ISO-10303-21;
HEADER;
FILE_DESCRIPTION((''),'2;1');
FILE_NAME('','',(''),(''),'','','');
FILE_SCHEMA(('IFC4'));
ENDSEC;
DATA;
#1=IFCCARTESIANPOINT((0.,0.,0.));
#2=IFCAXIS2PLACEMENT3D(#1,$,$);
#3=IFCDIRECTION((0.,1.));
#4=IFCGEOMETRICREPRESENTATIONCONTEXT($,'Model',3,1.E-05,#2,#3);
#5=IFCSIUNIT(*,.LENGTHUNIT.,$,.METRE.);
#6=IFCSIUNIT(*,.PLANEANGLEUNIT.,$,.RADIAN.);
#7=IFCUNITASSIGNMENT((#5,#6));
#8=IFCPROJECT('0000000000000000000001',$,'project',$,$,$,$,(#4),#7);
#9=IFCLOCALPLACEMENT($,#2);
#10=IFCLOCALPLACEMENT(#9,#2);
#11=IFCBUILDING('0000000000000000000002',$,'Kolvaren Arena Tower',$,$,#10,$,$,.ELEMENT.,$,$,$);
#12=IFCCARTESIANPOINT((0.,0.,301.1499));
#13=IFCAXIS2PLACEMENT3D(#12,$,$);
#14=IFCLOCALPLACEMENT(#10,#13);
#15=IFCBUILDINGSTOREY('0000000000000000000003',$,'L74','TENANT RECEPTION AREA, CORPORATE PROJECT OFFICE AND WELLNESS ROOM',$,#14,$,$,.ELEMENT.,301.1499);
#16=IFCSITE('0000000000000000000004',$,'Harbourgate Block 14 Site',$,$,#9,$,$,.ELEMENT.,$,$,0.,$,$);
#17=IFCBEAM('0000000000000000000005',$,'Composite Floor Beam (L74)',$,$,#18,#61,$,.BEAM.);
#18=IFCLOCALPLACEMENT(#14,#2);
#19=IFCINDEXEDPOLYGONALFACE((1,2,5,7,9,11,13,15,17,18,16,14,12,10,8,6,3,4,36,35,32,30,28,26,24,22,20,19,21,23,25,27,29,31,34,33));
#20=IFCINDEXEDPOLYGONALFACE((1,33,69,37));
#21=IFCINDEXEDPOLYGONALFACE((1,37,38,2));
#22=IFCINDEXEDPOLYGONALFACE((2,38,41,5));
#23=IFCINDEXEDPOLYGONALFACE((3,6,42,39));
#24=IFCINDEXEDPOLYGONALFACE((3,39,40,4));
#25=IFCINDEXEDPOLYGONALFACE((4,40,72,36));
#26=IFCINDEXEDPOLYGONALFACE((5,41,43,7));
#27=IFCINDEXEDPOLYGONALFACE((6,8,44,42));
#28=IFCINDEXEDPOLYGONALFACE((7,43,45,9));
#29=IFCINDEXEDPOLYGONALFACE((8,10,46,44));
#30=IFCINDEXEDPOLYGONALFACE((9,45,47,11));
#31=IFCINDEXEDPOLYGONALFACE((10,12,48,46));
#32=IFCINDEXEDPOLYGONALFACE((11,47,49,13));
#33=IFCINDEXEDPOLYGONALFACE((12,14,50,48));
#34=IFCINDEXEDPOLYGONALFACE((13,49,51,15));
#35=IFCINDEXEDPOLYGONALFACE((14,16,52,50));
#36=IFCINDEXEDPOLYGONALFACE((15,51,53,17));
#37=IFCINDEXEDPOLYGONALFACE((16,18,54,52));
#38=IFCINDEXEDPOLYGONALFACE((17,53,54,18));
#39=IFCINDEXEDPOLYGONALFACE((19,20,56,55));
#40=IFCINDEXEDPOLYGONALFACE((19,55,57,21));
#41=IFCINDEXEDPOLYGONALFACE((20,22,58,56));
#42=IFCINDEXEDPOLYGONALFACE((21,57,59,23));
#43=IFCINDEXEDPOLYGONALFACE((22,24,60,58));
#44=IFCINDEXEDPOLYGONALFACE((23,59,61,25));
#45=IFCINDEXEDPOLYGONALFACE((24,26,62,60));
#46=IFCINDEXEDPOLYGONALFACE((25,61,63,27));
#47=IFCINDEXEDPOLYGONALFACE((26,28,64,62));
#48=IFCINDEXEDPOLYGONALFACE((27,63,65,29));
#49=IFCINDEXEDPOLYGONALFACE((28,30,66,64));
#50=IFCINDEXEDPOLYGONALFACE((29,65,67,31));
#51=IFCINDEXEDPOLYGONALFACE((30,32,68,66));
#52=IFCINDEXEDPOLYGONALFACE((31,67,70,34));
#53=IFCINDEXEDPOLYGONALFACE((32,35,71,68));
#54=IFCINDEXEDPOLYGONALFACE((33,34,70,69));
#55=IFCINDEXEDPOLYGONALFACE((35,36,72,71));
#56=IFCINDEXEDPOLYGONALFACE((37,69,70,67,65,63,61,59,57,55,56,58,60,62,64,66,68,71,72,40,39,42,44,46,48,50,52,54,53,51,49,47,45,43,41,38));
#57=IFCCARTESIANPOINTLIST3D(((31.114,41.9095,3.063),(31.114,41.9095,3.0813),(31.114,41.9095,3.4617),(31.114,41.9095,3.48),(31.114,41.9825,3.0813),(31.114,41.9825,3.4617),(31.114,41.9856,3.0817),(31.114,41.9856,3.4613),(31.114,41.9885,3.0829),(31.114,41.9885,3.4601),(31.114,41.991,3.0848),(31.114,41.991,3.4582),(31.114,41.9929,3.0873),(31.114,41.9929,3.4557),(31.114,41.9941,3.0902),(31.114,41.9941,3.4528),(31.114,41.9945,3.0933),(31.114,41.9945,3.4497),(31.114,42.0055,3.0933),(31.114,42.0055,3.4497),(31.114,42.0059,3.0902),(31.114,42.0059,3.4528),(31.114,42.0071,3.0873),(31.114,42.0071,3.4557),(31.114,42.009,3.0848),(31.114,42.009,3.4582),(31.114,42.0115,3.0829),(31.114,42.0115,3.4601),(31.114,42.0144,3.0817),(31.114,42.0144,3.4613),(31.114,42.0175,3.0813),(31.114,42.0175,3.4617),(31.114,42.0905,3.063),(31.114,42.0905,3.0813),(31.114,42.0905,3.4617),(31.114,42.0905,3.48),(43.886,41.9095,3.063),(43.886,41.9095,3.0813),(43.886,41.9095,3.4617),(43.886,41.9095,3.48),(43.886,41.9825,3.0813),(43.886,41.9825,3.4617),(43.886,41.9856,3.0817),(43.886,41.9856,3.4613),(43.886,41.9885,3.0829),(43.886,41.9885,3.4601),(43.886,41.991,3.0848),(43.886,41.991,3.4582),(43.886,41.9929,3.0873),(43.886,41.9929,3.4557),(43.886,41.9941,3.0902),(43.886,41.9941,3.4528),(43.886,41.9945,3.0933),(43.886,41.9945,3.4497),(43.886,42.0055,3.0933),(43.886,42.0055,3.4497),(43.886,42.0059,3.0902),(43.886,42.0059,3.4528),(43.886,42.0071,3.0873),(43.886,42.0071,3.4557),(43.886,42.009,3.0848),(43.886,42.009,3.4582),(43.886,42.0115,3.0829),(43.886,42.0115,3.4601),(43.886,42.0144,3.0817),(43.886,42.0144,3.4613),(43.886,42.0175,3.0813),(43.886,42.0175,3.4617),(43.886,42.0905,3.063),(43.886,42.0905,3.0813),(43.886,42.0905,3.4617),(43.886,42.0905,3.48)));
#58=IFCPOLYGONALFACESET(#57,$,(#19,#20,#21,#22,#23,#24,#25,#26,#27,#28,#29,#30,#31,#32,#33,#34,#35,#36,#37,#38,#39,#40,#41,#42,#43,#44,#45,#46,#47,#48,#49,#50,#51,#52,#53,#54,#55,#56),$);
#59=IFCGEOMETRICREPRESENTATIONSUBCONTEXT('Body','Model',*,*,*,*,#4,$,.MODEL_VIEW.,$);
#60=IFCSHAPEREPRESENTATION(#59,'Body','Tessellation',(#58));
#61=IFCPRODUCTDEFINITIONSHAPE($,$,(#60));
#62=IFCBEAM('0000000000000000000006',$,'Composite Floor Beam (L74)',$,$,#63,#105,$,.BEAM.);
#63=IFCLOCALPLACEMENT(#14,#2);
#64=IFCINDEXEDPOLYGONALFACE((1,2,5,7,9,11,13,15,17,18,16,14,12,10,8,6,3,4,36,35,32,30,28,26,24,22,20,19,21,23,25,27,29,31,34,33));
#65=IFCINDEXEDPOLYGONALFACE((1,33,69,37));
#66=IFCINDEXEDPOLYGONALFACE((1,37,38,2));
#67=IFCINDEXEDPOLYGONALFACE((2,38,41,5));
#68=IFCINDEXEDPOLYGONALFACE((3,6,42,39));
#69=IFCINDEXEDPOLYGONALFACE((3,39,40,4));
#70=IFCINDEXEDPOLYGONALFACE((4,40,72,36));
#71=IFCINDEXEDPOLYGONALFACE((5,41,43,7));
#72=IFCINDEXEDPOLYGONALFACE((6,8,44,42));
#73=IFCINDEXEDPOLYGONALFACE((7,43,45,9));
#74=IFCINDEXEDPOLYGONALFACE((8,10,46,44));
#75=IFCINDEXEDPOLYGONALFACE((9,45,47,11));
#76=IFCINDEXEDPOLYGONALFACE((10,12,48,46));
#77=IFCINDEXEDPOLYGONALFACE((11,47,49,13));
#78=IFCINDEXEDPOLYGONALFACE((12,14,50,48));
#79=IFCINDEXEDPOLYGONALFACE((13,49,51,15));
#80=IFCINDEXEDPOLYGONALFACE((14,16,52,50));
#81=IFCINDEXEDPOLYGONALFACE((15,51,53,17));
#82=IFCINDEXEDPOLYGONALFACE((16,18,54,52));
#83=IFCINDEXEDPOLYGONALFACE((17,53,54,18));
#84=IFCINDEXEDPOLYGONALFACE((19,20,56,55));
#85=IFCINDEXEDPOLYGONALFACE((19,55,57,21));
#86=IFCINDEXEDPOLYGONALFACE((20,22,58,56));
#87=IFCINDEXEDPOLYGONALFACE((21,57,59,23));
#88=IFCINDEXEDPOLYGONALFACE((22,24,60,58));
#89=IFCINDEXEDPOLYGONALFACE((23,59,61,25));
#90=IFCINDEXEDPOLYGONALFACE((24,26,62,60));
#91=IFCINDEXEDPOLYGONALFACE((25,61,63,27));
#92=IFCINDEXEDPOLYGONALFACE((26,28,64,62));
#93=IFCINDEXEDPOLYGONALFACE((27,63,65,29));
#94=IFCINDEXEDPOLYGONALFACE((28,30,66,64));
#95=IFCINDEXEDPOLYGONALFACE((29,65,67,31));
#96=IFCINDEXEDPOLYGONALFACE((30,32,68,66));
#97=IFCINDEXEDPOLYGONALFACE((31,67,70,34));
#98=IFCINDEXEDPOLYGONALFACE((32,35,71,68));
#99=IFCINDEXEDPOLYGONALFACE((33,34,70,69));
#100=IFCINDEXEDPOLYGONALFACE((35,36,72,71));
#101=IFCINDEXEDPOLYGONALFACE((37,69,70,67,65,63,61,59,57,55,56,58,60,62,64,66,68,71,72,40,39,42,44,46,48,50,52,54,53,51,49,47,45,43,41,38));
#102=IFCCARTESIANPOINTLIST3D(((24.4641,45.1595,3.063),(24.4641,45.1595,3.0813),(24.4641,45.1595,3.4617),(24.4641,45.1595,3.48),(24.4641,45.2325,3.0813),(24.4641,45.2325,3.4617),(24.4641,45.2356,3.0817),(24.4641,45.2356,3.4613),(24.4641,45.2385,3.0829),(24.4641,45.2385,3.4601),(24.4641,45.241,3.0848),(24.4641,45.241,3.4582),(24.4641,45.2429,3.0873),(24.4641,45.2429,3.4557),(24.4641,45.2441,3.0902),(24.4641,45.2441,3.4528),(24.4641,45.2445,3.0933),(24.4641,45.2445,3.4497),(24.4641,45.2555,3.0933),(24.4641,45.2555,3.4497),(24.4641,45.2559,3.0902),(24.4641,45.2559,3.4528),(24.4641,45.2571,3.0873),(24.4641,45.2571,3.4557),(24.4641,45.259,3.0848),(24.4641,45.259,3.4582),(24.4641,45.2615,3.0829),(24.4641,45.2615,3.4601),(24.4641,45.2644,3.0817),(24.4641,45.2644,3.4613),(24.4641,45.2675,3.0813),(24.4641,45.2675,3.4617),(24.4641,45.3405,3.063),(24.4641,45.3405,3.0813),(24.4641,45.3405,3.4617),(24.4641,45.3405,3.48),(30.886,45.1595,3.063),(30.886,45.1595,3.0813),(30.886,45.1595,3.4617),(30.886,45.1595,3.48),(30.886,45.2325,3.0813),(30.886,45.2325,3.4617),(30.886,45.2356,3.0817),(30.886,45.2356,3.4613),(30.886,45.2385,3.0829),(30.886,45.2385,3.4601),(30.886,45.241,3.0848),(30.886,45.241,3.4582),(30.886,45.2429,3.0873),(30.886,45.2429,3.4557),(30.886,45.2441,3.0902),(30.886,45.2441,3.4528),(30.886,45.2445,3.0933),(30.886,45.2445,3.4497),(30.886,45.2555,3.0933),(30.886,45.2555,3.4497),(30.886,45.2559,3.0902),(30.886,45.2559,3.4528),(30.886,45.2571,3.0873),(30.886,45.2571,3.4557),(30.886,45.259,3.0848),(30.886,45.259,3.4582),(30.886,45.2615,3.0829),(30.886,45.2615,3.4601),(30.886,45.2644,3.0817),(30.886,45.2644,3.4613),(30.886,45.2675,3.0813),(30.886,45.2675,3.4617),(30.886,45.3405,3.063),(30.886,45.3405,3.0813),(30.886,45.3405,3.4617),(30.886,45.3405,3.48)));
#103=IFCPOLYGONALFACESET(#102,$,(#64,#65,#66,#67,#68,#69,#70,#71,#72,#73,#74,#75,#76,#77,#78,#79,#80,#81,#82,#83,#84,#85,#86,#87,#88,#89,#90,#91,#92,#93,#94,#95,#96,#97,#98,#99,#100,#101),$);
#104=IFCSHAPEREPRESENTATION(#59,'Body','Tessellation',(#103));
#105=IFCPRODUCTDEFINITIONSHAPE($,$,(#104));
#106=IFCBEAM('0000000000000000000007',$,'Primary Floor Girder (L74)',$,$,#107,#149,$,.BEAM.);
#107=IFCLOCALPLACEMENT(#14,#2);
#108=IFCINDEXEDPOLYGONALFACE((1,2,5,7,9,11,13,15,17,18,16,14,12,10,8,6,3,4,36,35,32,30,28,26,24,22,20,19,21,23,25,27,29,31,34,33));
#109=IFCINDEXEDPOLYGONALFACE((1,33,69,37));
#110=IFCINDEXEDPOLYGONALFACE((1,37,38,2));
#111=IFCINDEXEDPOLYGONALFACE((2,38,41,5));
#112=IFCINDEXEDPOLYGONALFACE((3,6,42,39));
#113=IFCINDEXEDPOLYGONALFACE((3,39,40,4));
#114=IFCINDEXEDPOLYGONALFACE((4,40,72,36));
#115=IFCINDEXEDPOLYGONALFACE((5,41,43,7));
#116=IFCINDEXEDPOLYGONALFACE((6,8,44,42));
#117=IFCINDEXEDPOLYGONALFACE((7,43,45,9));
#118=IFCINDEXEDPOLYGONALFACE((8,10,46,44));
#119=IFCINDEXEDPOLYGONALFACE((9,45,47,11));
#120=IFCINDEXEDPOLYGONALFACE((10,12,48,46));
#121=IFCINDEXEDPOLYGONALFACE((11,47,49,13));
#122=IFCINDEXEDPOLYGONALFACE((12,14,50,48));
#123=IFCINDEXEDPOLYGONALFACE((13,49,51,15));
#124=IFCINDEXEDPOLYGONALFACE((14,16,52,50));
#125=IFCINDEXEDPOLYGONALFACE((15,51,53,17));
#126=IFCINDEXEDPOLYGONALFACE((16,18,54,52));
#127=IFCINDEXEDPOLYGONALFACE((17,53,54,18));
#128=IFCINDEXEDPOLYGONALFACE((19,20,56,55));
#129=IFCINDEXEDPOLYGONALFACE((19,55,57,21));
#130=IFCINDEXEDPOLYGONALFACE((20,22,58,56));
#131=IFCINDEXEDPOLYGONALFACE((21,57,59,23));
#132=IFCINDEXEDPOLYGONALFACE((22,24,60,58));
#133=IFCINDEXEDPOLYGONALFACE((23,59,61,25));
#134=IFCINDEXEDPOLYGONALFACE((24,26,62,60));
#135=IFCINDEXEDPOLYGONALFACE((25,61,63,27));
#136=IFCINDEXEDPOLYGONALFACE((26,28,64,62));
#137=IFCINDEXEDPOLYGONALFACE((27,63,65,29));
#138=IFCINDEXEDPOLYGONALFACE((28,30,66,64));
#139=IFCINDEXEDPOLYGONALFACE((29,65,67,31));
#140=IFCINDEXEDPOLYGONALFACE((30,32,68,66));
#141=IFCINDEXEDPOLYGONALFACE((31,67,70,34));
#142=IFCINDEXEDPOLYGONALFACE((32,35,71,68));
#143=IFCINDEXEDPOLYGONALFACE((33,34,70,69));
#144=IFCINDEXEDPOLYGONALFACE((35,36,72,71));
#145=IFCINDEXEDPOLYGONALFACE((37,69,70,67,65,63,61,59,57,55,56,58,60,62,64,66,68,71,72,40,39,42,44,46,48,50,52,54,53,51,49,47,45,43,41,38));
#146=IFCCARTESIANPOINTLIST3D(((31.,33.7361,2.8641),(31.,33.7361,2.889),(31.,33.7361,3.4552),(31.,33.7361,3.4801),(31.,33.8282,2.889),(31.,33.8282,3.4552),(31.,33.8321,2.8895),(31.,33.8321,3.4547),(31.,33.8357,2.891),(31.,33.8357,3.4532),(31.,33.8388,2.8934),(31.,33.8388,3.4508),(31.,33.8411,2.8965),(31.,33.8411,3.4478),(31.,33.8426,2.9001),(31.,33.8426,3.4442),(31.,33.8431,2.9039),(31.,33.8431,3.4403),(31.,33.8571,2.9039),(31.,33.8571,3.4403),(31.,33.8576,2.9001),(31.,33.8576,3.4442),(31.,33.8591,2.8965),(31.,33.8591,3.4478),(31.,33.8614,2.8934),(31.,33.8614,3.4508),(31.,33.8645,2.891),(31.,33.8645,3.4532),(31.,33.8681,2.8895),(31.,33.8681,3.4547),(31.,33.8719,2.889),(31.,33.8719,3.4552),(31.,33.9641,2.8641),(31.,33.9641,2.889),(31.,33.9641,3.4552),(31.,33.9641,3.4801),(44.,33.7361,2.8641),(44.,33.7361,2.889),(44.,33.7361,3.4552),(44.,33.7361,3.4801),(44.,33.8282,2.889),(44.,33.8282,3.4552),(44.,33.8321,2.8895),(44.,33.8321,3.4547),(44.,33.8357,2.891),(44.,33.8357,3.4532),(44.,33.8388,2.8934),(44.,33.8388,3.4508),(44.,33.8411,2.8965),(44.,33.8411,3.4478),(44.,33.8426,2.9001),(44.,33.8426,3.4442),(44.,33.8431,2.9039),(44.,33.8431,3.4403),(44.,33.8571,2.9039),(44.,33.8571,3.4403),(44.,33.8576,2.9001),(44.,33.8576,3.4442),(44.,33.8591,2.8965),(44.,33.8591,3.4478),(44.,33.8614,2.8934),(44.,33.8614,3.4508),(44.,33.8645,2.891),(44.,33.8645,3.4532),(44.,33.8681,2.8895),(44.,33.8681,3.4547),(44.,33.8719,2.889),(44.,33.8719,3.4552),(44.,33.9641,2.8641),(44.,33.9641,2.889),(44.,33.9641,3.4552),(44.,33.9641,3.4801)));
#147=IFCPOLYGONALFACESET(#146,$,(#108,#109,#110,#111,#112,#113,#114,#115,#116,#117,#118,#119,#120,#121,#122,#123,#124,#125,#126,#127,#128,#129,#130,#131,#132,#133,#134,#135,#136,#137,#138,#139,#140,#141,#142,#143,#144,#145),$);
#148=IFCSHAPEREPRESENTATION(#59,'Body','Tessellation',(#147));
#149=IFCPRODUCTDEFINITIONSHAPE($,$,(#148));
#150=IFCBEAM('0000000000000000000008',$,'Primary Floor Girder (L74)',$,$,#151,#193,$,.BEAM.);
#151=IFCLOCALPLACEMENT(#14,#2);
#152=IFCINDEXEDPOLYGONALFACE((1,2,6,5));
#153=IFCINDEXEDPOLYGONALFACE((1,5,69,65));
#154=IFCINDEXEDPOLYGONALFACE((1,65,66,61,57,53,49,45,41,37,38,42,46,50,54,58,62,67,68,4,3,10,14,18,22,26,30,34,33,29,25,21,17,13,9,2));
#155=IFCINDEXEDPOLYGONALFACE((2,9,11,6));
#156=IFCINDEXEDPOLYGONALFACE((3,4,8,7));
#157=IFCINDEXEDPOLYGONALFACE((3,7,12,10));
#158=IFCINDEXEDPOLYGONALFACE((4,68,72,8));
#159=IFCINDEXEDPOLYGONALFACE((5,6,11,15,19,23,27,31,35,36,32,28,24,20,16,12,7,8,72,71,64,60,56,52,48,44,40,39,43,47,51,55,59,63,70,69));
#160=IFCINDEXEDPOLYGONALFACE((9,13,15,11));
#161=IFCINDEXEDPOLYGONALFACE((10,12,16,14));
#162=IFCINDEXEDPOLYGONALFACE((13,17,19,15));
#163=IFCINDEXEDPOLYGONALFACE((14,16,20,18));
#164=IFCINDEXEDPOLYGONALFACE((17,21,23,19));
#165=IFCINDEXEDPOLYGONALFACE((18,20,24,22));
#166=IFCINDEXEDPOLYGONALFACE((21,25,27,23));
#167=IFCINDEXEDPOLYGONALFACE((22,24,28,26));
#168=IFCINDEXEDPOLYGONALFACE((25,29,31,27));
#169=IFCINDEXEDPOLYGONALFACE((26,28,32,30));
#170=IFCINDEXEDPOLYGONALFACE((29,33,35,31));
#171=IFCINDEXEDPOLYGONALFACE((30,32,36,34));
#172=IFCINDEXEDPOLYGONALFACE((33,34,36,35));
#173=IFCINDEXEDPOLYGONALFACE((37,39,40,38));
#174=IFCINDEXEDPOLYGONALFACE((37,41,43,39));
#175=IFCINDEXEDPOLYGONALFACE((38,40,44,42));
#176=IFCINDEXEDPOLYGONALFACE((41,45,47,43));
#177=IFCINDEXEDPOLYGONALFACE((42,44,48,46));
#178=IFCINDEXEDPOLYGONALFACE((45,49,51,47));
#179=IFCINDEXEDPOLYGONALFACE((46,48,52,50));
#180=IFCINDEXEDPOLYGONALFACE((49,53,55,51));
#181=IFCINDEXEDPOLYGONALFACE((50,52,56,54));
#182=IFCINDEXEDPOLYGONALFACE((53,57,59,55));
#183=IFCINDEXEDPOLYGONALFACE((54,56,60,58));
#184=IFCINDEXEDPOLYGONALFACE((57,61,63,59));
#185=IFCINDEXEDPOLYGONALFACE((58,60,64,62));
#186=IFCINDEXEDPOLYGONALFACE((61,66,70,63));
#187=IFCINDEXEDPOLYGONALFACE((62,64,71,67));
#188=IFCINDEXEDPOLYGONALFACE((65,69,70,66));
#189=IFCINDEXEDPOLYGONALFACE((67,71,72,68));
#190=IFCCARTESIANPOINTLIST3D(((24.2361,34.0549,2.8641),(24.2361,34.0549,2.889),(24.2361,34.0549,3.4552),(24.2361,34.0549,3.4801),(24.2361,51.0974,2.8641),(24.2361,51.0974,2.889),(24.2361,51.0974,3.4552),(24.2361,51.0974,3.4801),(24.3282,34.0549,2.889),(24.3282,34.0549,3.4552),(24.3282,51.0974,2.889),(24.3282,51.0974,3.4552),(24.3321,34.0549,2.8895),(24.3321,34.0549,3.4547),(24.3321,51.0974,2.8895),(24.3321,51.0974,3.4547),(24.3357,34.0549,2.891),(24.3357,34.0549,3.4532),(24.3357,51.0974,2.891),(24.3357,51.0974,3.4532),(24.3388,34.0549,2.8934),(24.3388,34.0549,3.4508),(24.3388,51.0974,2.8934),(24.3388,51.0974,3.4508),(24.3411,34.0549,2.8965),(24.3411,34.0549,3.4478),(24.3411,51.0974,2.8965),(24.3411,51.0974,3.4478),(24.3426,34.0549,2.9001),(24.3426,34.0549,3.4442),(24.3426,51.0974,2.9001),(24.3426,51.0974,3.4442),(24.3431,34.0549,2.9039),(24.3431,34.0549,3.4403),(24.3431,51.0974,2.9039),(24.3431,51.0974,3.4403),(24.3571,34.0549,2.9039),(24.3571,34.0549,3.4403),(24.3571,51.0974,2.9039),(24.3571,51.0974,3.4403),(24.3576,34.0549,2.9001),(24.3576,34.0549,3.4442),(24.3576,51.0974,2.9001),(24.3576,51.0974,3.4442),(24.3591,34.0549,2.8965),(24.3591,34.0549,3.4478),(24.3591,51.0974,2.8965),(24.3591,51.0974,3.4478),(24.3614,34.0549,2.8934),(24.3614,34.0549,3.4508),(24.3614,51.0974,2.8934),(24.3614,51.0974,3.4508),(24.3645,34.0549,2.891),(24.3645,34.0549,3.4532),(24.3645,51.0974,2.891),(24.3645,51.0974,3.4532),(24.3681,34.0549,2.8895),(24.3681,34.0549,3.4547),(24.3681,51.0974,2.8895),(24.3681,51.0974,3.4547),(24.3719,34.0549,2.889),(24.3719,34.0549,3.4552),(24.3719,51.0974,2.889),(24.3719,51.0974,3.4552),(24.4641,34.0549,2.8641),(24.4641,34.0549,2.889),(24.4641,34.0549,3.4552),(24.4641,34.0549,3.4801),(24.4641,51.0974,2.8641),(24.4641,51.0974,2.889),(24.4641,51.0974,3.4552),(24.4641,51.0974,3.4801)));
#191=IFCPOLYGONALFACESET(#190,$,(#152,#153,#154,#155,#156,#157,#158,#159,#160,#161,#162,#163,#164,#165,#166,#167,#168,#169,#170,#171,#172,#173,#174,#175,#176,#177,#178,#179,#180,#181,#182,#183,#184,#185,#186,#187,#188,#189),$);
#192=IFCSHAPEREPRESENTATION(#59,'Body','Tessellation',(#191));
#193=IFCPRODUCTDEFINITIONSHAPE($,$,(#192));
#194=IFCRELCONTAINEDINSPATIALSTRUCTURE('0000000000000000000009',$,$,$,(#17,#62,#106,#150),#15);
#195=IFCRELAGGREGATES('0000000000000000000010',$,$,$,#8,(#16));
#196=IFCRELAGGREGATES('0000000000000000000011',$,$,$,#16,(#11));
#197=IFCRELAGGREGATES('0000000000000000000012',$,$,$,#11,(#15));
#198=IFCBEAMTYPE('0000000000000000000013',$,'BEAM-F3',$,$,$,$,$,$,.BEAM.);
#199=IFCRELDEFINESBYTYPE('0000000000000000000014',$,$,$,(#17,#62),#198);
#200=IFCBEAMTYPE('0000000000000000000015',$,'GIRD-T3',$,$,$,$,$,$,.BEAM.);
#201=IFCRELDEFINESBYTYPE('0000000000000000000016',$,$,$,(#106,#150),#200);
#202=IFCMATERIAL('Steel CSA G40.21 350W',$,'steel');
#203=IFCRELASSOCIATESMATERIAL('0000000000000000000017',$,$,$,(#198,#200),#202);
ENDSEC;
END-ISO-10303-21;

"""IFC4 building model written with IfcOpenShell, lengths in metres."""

from ifc_helpers import new_model, si_unit, direction, frame, origin, origin_2d, place, context, subcontext, project, spatial, i_section, extrude, material, material_profile, profile_set, type_object, element, save


model = new_model("IFC4")

# Units and contexts
model_context = context("Model", 3, precision=1e-05, world=origin(), true_north=direction((0.0, 1.0)))
body_context = subcontext(model_context, "Body", "Model", "MODEL_VIEW")
ifc_project = project(units=[si_unit("LENGTHUNIT", "METRE"), si_unit("PLANEANGLEUNIT", "RADIAN")], contexts=[model_context])

# Site, building, storey
site_placement = place(None, origin())
site = spatial("IfcSite", under=ifc_project, at=site_placement, Name="Harbourgate Block 14 Site", CompositionType="ELEMENT", RefElevation=0.0)
building_placement = place(site_placement, origin())
building = spatial("IfcBuilding", under=site, at=building_placement, Name="Kolvaren Arena Tower", CompositionType="ELEMENT")
storey_placement = place(building_placement, frame((0.0, 0.0, 301.1499)))
storey = spatial("IfcBuildingStorey", under=building, at=storey_placement, Name="L74", Description="TENANT RECEPTION AREA, CORPORATE PROJECT OFFICE AND WELLNESS ROOM", CompositionType="ELEMENT", Elevation=301.1499)

# Beams
ifc_material_1 = material(Name="Steel CSA G40.21 350W", Category="steel")
ifc_material_profile_1 = material_profile(ifc_material_1, i_section(OverallWidth=0.1809, OverallDepth=0.417, WebThickness=0.011, FlangeThickness=0.0183, FilletRadius=0.012, at=origin_2d()), Name="W410x85")
ifc_profile_set_1 = profile_set([ifc_material_profile_1], Name="Steel CSA G40.21 350W")
beam_type_1 = type_object("IfcBeamType", Name="BEAM-F3", PredefinedType="BEAM", material=ifc_profile_set_1)
for number, where, z_axis, x_axis, name in (
    (1, (31.114, 42.0, 3.2715), (1.0, 0.0, 0.0), (0.0, 1.0, 0.0), "Composite Floor Beam (L74)"),
):
    element("IfcBeam", number, at=place(storey_placement, frame(where, z_axis=z_axis, x_axis=x_axis)), inside=storey, type_object=beam_type_1, Name=name, PredefinedType="BEAM", context=body_context, shape_type="SweptSolid", body=[
        extrude(i_section(OverallWidth=0.1809, OverallDepth=0.417, WebThickness=0.011, FlangeThickness=0.0183, FilletRadius=0.012, at=origin_2d()), origin(), (0.0, 0.0, 1.0), 12.772),
    ])
beam_1_placement = place(storey_placement, frame((24.4641, 45.25, 3.2715), z_axis=(1.0, 0.0, 0.0), x_axis=(0.0, 1.0, 0.0)))
element("IfcBeam", 2, at=beam_1_placement, inside=storey, type_object=beam_type_1, Name="Composite Floor Beam (L74)", PredefinedType="BEAM", context=body_context, shape_type="SweptSolid", body=[
    extrude(i_section(OverallWidth=0.1809, OverallDepth=0.417, WebThickness=0.011, FlangeThickness=0.0183, FilletRadius=0.012, at=origin_2d()), origin(), (0.0, 0.0, 1.0), 6.4219),
])
ifc_material_profile_2 = material_profile(ifc_material_1, i_section(OverallWidth=0.228, OverallDepth=0.616, WebThickness=0.0139, FlangeThickness=0.0249, FilletRadius=0.0149, at=origin_2d()), Name="W610x174")
ifc_profile_set_2 = profile_set([ifc_material_profile_2], Name="Steel CSA G40.21 350W")
beam_type_2 = type_object("IfcBeamType", Name="GIRD-T3", PredefinedType="BEAM", material=ifc_profile_set_2)
beam_2_placement = place(storey_placement, frame((31.0, 33.8501, 3.1721), z_axis=(1.0, 0.0, 0.0), x_axis=(0.0, 1.0, 0.0)))
element("IfcBeam", 3, at=beam_2_placement, inside=storey, type_object=beam_type_2, Name="Primary Floor Girder (L74)", PredefinedType="BEAM", context=body_context, shape_type="SweptSolid", body=[
    extrude(i_section(OverallWidth=0.228, OverallDepth=0.616, WebThickness=0.0139, FlangeThickness=0.0249, FilletRadius=0.0149, at=origin_2d()), origin(), (0.0, 0.0, 1.0), 13.0),
])
beam_3_placement = place(storey_placement, frame((24.3501, 34.0549, 3.1721), z_axis=(0.0, 1.0, 0.0), x_axis=(-1.0, 0.0, 0.0)))
element("IfcBeam", 4, at=beam_3_placement, inside=storey, type_object=beam_type_2, Name="Primary Floor Girder (L74)", PredefinedType="BEAM", context=body_context, shape_type="SweptSolid", body=[
    extrude(i_section(OverallWidth=0.228, OverallDepth=0.616, WebThickness=0.0139, FlangeThickness=0.0249, FilletRadius=0.0149, at=origin_2d()), origin(), (0.0, 0.0, 1.0), 17.0425),
])

save(model, "model.ifc")
